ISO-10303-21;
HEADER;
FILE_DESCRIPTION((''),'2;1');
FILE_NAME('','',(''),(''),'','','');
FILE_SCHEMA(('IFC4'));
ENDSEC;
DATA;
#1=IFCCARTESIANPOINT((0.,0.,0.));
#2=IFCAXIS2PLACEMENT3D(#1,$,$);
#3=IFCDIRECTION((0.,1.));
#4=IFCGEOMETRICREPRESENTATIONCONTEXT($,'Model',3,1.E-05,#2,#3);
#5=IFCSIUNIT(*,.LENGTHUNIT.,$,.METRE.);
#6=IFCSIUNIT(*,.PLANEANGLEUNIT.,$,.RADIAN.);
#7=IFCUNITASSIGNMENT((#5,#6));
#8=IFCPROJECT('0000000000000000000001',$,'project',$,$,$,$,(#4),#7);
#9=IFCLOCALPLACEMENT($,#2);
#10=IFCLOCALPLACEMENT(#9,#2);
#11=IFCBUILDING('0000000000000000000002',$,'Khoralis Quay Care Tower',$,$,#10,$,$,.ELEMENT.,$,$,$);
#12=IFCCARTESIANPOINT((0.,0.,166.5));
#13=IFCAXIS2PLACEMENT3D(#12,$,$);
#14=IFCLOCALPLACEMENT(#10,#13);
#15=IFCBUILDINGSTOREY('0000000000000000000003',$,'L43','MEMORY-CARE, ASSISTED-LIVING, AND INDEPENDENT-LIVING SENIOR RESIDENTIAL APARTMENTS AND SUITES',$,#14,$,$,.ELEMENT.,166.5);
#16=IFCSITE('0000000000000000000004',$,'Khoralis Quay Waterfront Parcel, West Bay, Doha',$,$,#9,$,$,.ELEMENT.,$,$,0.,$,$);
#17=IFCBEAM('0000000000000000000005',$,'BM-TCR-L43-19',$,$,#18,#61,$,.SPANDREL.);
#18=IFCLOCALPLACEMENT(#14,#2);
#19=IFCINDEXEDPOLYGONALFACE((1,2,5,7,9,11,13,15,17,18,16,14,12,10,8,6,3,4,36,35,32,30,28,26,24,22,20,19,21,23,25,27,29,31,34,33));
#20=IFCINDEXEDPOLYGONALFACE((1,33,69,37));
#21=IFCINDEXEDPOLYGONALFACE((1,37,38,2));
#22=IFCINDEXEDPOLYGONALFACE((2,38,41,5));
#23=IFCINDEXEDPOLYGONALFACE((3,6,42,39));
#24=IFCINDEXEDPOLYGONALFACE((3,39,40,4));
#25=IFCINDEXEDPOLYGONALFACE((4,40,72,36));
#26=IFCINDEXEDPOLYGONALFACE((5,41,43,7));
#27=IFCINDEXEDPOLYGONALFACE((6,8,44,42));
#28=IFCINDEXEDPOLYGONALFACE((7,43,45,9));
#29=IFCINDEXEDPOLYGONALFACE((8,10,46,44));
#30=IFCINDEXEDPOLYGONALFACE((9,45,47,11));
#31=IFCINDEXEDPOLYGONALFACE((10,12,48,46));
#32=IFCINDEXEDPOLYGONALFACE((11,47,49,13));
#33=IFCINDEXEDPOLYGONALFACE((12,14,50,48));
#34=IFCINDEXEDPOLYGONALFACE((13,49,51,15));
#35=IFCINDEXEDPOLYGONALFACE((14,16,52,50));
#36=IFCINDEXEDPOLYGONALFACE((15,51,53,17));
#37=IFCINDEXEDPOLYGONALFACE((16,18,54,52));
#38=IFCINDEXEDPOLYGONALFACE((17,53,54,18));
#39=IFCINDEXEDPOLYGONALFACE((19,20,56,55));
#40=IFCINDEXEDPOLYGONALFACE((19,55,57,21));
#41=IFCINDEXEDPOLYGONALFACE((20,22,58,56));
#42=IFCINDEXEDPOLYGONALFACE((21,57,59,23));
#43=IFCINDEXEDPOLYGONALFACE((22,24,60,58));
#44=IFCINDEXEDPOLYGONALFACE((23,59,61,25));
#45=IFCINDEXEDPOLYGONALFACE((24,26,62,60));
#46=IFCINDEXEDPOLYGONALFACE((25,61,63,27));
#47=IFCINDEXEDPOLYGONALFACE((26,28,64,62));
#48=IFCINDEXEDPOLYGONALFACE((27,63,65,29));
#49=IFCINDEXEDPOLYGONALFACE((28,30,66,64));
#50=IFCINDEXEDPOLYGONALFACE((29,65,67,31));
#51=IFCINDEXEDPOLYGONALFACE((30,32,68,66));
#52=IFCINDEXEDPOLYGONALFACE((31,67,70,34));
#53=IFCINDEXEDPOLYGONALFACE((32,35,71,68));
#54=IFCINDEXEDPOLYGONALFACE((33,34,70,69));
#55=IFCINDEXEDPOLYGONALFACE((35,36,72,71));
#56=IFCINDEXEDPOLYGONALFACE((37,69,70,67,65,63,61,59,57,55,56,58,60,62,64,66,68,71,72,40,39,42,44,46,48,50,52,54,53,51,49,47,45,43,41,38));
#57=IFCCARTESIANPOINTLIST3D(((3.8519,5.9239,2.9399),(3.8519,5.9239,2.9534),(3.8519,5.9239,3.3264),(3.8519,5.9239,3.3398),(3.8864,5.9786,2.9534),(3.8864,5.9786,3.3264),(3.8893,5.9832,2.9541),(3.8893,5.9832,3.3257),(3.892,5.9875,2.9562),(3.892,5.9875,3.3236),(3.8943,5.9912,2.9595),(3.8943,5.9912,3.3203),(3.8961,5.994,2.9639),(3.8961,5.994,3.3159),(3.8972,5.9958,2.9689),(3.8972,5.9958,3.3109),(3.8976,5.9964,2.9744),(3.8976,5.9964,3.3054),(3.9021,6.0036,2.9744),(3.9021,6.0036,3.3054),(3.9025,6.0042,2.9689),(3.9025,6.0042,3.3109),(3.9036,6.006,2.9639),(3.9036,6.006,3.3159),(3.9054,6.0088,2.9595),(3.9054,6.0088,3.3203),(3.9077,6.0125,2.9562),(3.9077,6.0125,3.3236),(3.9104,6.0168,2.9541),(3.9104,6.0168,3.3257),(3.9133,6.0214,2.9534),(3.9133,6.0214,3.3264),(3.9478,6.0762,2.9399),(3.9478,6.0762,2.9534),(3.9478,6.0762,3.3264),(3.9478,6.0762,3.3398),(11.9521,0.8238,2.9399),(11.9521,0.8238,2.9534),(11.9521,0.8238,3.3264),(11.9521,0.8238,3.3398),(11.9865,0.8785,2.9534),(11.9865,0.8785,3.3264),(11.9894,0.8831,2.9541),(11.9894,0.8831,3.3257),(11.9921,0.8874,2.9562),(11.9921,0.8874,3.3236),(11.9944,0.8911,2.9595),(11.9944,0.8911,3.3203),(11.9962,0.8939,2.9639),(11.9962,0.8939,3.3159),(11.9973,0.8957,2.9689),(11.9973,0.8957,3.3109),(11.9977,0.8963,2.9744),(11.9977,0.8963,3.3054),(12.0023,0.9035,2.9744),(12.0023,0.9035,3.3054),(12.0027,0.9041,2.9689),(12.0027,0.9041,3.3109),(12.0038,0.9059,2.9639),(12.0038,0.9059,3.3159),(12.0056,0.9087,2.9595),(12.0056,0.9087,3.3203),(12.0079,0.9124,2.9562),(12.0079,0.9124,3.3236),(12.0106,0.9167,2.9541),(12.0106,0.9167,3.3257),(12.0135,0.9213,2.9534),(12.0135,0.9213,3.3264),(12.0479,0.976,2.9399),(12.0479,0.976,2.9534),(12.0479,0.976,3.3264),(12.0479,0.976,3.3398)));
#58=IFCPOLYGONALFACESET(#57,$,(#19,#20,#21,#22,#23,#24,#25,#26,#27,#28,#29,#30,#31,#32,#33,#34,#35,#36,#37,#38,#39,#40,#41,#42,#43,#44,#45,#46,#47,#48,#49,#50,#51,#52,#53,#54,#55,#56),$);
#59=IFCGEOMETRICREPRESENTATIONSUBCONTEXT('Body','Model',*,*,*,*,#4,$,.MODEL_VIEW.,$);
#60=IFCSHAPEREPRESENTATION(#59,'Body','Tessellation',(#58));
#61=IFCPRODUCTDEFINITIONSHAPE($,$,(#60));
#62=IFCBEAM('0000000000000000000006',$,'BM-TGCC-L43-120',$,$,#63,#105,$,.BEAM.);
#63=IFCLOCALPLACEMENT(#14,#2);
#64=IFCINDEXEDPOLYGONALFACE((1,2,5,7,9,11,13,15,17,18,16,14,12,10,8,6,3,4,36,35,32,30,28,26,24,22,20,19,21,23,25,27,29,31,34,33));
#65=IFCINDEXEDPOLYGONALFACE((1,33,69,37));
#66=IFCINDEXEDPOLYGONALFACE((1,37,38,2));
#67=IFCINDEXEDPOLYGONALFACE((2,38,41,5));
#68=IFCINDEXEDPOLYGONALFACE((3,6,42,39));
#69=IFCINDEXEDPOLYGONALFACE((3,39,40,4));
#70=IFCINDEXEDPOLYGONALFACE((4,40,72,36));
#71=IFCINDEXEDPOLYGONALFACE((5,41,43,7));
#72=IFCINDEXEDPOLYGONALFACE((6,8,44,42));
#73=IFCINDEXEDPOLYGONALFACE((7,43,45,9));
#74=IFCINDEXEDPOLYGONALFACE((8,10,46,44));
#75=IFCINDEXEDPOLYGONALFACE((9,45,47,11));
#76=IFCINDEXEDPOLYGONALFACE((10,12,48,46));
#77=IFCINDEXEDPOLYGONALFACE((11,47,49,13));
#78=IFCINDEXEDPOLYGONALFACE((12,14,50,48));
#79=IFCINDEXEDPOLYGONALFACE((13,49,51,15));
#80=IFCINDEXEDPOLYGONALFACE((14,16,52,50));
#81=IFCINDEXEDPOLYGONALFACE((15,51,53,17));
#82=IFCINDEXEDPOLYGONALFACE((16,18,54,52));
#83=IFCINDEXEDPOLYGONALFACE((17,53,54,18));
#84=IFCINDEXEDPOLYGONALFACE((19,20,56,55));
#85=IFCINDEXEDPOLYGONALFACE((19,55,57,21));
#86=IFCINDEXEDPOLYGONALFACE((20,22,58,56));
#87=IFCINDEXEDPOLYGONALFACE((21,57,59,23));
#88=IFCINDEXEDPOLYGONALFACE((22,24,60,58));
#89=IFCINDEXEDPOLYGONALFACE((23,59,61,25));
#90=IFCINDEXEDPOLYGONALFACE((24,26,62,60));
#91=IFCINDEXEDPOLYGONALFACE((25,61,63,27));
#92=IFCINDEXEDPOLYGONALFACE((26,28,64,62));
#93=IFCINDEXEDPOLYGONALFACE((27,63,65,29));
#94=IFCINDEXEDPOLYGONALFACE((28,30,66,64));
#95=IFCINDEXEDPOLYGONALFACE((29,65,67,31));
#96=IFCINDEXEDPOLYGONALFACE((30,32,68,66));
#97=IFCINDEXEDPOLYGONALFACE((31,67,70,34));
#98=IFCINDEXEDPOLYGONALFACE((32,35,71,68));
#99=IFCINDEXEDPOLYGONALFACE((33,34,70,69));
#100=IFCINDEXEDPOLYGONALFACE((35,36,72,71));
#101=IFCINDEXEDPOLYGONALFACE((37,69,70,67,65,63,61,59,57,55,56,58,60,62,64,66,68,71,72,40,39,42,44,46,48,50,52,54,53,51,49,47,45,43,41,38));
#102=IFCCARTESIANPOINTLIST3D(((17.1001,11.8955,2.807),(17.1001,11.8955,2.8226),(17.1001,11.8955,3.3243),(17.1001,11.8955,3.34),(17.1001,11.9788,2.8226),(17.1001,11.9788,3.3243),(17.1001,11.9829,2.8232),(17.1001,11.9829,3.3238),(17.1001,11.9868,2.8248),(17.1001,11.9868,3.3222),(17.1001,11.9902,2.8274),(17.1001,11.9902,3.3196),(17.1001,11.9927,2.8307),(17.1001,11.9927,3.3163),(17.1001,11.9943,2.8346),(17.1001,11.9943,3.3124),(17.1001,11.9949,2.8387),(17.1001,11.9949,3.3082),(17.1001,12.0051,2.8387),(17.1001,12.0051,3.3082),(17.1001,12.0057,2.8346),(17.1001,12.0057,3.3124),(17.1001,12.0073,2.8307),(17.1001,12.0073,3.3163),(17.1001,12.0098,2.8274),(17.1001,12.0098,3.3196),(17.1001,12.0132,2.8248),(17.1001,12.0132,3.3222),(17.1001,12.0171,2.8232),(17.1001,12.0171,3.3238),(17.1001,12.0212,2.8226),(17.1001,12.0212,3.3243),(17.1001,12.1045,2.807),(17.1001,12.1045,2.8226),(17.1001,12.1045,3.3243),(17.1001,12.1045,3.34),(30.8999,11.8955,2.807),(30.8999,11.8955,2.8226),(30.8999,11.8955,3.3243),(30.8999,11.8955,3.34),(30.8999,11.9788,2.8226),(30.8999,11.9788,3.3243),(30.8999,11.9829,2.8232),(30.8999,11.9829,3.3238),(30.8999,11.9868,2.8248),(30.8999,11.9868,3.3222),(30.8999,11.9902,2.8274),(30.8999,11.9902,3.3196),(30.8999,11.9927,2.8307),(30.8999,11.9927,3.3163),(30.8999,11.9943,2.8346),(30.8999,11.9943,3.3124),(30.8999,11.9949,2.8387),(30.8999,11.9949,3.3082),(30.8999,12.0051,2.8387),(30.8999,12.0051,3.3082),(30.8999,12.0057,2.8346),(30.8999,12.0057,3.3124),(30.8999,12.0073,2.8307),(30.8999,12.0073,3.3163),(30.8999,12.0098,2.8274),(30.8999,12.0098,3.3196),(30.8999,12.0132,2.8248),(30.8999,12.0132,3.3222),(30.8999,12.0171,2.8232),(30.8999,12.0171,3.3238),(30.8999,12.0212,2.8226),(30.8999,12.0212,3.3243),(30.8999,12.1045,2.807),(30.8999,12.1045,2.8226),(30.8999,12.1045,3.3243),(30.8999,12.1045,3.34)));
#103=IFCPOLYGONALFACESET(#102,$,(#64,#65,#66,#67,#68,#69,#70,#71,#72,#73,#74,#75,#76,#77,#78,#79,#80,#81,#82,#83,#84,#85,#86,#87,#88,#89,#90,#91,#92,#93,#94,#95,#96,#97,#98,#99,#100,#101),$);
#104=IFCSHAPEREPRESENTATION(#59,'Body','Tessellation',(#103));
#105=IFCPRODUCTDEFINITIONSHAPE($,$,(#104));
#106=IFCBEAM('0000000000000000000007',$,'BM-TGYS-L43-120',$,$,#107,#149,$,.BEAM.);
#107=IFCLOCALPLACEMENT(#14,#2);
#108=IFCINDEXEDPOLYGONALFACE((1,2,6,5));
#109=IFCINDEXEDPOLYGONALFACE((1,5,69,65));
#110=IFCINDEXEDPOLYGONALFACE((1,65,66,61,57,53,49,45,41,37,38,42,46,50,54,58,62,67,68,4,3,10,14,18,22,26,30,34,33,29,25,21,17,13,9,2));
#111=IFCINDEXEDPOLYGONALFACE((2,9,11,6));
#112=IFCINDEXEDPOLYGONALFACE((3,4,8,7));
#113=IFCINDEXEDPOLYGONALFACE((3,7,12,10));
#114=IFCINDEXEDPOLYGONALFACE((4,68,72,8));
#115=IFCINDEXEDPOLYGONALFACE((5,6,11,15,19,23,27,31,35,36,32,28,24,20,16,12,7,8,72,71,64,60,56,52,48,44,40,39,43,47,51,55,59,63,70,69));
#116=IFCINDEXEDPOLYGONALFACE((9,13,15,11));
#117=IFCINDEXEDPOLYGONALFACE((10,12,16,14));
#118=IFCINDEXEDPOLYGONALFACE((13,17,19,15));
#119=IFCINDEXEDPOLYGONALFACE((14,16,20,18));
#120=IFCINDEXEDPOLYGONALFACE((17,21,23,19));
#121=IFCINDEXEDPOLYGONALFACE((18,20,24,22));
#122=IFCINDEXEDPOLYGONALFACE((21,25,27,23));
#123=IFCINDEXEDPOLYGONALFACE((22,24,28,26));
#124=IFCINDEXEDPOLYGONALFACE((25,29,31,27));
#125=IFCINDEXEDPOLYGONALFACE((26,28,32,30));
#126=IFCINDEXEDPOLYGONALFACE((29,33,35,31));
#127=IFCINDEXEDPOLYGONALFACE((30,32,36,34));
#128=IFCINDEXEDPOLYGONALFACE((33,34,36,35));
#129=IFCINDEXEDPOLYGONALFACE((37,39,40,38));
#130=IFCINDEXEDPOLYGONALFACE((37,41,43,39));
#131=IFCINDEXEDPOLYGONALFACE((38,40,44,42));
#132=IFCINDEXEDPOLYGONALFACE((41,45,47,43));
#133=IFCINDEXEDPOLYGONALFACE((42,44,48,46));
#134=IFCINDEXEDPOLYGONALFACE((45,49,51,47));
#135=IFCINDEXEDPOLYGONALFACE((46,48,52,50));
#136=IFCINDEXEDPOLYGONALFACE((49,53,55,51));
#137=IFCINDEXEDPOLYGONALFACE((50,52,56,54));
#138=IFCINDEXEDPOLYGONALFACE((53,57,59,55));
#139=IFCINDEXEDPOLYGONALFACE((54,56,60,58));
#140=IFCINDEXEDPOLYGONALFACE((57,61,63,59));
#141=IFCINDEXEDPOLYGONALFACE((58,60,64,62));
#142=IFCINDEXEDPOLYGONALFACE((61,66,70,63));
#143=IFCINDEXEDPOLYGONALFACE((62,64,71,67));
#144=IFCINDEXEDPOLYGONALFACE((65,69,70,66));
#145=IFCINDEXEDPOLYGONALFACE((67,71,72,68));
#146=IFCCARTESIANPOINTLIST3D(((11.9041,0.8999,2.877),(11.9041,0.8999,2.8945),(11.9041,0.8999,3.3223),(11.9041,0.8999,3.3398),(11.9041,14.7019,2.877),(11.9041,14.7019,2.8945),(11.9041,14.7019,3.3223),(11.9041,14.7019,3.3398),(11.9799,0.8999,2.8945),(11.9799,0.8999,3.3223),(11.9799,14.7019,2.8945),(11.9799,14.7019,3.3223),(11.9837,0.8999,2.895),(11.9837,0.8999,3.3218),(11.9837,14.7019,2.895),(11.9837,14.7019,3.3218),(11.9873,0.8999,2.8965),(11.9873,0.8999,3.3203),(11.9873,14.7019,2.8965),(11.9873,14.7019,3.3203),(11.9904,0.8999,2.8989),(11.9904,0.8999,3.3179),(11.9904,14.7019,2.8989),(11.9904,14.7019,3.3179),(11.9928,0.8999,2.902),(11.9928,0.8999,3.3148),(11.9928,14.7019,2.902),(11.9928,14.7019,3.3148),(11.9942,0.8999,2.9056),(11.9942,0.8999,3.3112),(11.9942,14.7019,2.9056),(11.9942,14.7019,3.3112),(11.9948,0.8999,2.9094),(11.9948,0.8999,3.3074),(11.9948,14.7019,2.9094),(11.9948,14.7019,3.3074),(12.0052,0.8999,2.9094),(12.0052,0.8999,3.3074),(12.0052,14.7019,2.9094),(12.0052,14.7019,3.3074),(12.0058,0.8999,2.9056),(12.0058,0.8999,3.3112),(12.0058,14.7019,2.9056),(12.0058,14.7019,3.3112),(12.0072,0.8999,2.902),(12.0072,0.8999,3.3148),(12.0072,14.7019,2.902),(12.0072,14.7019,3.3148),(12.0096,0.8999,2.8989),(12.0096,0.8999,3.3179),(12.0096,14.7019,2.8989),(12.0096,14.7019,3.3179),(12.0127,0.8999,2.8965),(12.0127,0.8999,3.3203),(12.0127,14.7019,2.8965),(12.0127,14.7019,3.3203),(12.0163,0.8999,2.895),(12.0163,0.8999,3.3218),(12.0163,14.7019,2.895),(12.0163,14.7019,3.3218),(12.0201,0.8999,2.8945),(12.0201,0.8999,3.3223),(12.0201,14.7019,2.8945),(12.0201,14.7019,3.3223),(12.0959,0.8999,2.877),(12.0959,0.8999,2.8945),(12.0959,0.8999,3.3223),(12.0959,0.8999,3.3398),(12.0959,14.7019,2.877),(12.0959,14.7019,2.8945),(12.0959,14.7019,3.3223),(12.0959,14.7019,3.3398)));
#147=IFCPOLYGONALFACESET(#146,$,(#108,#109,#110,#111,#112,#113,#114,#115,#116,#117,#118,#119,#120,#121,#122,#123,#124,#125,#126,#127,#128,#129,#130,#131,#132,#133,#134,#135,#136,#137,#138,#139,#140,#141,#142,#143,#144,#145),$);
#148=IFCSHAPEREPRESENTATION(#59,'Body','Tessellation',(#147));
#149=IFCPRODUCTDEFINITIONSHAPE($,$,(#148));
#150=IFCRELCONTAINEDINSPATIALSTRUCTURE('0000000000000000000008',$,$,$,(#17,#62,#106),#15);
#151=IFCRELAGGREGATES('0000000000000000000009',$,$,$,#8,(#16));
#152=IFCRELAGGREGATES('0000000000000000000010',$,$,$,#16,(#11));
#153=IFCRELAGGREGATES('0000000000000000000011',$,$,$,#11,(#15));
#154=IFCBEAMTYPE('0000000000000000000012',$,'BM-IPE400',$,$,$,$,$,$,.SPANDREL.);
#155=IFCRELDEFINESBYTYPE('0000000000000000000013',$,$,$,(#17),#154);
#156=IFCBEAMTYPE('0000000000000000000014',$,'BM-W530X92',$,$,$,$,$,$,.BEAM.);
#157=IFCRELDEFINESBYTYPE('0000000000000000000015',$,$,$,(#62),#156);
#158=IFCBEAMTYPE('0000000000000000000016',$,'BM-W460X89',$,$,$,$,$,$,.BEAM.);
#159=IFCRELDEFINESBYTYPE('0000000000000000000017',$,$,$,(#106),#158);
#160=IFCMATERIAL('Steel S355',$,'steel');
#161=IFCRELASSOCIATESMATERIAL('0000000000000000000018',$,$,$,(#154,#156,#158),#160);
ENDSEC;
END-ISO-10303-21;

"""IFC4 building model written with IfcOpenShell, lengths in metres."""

from ifc_helpers import new_model, si_unit, direction, frame, origin, origin_2d, place, context, subcontext, project, spatial, i_section, extrude, source, transform, mapped, material, material_profile, profile_set, type_object, element, save


model = new_model("IFC4")

# Units and contexts
model_context = context("Model", 3, precision=1e-05, world=origin(), true_north=direction((0.0, 1.0)))
body_context = subcontext(model_context, "Body", "Model", "MODEL_VIEW")
ifc_project = project(units=[si_unit("LENGTHUNIT", "METRE"), si_unit("PLANEANGLEUNIT", "RADIAN")], contexts=[model_context])

# Site, building, storey
site_placement = place(None, origin())
site = spatial("IfcSite", under=ifc_project, at=site_placement, Name="Khoralis Quay Waterfront Parcel, West Bay, Doha", CompositionType="ELEMENT", RefElevation=0.0)
building_placement = place(site_placement, origin())
building = spatial("IfcBuilding", under=site, at=building_placement, Name="Khoralis Quay Care Tower", CompositionType="ELEMENT")
storey_placement = place(building_placement, frame((0.0, 0.0, 166.5)))
storey = spatial("IfcBuildingStorey", under=building, at=storey_placement, Name="L43", Description="MEMORY-CARE, ASSISTED-LIVING, AND INDEPENDENT-LIVING SENIOR RESIDENTIAL APARTMENTS AND SUITES", CompositionType="ELEMENT", Elevation=166.5)

# Beams
ifc_material_1 = material(Name="Steel S355", Category="steel")
ifc_material_profile_1 = material_profile(ifc_material_1, i_section(OverallWidth=0.1799, OverallDepth=0.3999, WebThickness=0.0085, FlangeThickness=0.0134, FilletRadius=0.021, at=origin_2d()), Name="Steel S355")
ifc_profile_set_1 = profile_set([ifc_material_profile_1], Name="Steel S355")
beam_type_1 = type_object("IfcBeamType", Name="BM-IPE400", PredefinedType="SPANDREL", material=ifc_profile_set_1)
shared_shape_1 = source(origin(), body_context, "Body", "SweptSolid", [
    extrude(i_section(OverallWidth=0.1799, OverallDepth=0.3999, WebThickness=0.0085, FlangeThickness=0.0134, FilletRadius=0.021, at=origin_2d()), origin(), (0.0, 0.0, 1.0), 9.572),
])
beam_1_placement = place(storey_placement, frame((12.0, 0.8999, 3.1399), z_axis=(-0.846231, 0.532816, 0.0), x_axis=(-0.532816, -0.846231, 0.0)))
element("IfcBeam", 1, at=beam_1_placement, inside=storey, type_object=beam_type_1, Name="BM-TCR-L43-19", PredefinedType="SPANDREL", context=body_context, shape_type="MappedRepresentation", body=[
    mapped(shared_shape_1, transform((0.0, 0.0, 0.0), scale=1.0)),
])
ifc_material_profile_2 = material_profile(ifc_material_1, i_section(OverallWidth=0.209, OverallDepth=0.533, WebThickness=0.0103, FlangeThickness=0.0156, FilletRadius=0.0161, at=origin_2d()), Name="Steel S355")
ifc_profile_set_2 = profile_set([ifc_material_profile_2], Name="Steel S355")
beam_type_2 = type_object("IfcBeamType", Name="BM-W530X92", PredefinedType="BEAM", material=ifc_profile_set_2)
shared_shape_2 = source(origin(), body_context, "Body", "SweptSolid", [
    extrude(i_section(OverallWidth=0.209, OverallDepth=0.533, WebThickness=0.0103, FlangeThickness=0.0156, FilletRadius=0.0161, at=origin_2d()), origin(), (0.0, 0.0, 1.0), 13.7998),
])
beam_2_placement = place(storey_placement, frame((17.1001, 12.0, 3.0735), z_axis=(1.0, 0.0, 0.0), x_axis=(0.0, 1.0, 0.0)))
element("IfcBeam", 2, at=beam_2_placement, inside=storey, type_object=beam_type_2, Name="BM-TGCC-L43-120", PredefinedType="BEAM", context=body_context, shape_type="MappedRepresentation", body=[
    mapped(shared_shape_2, transform((0.0, 0.0, 0.0), scale=1.0)),
])
ifc_material_profile_3 = material_profile(ifc_material_1, i_section(OverallWidth=0.1919, OverallDepth=0.4629, WebThickness=0.0105, FlangeThickness=0.0176, FilletRadius=0.0149, at=origin_2d()), Name="Steel S355")
ifc_profile_set_3 = profile_set([ifc_material_profile_3], Name="Steel S355")
beam_type_3 = type_object("IfcBeamType", Name="BM-W460X89", PredefinedType="BEAM", material=ifc_profile_set_3)
shared_shape_3 = source(origin(), body_context, "Body", "SweptSolid", [
    extrude(i_section(OverallWidth=0.1919, OverallDepth=0.4629, WebThickness=0.0105, FlangeThickness=0.0176, FilletRadius=0.0149, at=origin_2d()), origin(), (0.0, 0.0, 1.0), 13.802),
])
beam_3_placement = place(storey_placement, frame((12.0, 0.8999, 3.1084), z_axis=(0.0, 1.0, 0.0), x_axis=(-1.0, 0.0, 0.0)))
element("IfcBeam", 3, at=beam_3_placement, inside=storey, type_object=beam_type_3, Name="BM-TGYS-L43-120", PredefinedType="BEAM", context=body_context, shape_type="MappedRepresentation", body=[
    mapped(shared_shape_3, transform((0.0, 0.0, 0.0), scale=1.0)),
])

save(model, "model.ifc")
